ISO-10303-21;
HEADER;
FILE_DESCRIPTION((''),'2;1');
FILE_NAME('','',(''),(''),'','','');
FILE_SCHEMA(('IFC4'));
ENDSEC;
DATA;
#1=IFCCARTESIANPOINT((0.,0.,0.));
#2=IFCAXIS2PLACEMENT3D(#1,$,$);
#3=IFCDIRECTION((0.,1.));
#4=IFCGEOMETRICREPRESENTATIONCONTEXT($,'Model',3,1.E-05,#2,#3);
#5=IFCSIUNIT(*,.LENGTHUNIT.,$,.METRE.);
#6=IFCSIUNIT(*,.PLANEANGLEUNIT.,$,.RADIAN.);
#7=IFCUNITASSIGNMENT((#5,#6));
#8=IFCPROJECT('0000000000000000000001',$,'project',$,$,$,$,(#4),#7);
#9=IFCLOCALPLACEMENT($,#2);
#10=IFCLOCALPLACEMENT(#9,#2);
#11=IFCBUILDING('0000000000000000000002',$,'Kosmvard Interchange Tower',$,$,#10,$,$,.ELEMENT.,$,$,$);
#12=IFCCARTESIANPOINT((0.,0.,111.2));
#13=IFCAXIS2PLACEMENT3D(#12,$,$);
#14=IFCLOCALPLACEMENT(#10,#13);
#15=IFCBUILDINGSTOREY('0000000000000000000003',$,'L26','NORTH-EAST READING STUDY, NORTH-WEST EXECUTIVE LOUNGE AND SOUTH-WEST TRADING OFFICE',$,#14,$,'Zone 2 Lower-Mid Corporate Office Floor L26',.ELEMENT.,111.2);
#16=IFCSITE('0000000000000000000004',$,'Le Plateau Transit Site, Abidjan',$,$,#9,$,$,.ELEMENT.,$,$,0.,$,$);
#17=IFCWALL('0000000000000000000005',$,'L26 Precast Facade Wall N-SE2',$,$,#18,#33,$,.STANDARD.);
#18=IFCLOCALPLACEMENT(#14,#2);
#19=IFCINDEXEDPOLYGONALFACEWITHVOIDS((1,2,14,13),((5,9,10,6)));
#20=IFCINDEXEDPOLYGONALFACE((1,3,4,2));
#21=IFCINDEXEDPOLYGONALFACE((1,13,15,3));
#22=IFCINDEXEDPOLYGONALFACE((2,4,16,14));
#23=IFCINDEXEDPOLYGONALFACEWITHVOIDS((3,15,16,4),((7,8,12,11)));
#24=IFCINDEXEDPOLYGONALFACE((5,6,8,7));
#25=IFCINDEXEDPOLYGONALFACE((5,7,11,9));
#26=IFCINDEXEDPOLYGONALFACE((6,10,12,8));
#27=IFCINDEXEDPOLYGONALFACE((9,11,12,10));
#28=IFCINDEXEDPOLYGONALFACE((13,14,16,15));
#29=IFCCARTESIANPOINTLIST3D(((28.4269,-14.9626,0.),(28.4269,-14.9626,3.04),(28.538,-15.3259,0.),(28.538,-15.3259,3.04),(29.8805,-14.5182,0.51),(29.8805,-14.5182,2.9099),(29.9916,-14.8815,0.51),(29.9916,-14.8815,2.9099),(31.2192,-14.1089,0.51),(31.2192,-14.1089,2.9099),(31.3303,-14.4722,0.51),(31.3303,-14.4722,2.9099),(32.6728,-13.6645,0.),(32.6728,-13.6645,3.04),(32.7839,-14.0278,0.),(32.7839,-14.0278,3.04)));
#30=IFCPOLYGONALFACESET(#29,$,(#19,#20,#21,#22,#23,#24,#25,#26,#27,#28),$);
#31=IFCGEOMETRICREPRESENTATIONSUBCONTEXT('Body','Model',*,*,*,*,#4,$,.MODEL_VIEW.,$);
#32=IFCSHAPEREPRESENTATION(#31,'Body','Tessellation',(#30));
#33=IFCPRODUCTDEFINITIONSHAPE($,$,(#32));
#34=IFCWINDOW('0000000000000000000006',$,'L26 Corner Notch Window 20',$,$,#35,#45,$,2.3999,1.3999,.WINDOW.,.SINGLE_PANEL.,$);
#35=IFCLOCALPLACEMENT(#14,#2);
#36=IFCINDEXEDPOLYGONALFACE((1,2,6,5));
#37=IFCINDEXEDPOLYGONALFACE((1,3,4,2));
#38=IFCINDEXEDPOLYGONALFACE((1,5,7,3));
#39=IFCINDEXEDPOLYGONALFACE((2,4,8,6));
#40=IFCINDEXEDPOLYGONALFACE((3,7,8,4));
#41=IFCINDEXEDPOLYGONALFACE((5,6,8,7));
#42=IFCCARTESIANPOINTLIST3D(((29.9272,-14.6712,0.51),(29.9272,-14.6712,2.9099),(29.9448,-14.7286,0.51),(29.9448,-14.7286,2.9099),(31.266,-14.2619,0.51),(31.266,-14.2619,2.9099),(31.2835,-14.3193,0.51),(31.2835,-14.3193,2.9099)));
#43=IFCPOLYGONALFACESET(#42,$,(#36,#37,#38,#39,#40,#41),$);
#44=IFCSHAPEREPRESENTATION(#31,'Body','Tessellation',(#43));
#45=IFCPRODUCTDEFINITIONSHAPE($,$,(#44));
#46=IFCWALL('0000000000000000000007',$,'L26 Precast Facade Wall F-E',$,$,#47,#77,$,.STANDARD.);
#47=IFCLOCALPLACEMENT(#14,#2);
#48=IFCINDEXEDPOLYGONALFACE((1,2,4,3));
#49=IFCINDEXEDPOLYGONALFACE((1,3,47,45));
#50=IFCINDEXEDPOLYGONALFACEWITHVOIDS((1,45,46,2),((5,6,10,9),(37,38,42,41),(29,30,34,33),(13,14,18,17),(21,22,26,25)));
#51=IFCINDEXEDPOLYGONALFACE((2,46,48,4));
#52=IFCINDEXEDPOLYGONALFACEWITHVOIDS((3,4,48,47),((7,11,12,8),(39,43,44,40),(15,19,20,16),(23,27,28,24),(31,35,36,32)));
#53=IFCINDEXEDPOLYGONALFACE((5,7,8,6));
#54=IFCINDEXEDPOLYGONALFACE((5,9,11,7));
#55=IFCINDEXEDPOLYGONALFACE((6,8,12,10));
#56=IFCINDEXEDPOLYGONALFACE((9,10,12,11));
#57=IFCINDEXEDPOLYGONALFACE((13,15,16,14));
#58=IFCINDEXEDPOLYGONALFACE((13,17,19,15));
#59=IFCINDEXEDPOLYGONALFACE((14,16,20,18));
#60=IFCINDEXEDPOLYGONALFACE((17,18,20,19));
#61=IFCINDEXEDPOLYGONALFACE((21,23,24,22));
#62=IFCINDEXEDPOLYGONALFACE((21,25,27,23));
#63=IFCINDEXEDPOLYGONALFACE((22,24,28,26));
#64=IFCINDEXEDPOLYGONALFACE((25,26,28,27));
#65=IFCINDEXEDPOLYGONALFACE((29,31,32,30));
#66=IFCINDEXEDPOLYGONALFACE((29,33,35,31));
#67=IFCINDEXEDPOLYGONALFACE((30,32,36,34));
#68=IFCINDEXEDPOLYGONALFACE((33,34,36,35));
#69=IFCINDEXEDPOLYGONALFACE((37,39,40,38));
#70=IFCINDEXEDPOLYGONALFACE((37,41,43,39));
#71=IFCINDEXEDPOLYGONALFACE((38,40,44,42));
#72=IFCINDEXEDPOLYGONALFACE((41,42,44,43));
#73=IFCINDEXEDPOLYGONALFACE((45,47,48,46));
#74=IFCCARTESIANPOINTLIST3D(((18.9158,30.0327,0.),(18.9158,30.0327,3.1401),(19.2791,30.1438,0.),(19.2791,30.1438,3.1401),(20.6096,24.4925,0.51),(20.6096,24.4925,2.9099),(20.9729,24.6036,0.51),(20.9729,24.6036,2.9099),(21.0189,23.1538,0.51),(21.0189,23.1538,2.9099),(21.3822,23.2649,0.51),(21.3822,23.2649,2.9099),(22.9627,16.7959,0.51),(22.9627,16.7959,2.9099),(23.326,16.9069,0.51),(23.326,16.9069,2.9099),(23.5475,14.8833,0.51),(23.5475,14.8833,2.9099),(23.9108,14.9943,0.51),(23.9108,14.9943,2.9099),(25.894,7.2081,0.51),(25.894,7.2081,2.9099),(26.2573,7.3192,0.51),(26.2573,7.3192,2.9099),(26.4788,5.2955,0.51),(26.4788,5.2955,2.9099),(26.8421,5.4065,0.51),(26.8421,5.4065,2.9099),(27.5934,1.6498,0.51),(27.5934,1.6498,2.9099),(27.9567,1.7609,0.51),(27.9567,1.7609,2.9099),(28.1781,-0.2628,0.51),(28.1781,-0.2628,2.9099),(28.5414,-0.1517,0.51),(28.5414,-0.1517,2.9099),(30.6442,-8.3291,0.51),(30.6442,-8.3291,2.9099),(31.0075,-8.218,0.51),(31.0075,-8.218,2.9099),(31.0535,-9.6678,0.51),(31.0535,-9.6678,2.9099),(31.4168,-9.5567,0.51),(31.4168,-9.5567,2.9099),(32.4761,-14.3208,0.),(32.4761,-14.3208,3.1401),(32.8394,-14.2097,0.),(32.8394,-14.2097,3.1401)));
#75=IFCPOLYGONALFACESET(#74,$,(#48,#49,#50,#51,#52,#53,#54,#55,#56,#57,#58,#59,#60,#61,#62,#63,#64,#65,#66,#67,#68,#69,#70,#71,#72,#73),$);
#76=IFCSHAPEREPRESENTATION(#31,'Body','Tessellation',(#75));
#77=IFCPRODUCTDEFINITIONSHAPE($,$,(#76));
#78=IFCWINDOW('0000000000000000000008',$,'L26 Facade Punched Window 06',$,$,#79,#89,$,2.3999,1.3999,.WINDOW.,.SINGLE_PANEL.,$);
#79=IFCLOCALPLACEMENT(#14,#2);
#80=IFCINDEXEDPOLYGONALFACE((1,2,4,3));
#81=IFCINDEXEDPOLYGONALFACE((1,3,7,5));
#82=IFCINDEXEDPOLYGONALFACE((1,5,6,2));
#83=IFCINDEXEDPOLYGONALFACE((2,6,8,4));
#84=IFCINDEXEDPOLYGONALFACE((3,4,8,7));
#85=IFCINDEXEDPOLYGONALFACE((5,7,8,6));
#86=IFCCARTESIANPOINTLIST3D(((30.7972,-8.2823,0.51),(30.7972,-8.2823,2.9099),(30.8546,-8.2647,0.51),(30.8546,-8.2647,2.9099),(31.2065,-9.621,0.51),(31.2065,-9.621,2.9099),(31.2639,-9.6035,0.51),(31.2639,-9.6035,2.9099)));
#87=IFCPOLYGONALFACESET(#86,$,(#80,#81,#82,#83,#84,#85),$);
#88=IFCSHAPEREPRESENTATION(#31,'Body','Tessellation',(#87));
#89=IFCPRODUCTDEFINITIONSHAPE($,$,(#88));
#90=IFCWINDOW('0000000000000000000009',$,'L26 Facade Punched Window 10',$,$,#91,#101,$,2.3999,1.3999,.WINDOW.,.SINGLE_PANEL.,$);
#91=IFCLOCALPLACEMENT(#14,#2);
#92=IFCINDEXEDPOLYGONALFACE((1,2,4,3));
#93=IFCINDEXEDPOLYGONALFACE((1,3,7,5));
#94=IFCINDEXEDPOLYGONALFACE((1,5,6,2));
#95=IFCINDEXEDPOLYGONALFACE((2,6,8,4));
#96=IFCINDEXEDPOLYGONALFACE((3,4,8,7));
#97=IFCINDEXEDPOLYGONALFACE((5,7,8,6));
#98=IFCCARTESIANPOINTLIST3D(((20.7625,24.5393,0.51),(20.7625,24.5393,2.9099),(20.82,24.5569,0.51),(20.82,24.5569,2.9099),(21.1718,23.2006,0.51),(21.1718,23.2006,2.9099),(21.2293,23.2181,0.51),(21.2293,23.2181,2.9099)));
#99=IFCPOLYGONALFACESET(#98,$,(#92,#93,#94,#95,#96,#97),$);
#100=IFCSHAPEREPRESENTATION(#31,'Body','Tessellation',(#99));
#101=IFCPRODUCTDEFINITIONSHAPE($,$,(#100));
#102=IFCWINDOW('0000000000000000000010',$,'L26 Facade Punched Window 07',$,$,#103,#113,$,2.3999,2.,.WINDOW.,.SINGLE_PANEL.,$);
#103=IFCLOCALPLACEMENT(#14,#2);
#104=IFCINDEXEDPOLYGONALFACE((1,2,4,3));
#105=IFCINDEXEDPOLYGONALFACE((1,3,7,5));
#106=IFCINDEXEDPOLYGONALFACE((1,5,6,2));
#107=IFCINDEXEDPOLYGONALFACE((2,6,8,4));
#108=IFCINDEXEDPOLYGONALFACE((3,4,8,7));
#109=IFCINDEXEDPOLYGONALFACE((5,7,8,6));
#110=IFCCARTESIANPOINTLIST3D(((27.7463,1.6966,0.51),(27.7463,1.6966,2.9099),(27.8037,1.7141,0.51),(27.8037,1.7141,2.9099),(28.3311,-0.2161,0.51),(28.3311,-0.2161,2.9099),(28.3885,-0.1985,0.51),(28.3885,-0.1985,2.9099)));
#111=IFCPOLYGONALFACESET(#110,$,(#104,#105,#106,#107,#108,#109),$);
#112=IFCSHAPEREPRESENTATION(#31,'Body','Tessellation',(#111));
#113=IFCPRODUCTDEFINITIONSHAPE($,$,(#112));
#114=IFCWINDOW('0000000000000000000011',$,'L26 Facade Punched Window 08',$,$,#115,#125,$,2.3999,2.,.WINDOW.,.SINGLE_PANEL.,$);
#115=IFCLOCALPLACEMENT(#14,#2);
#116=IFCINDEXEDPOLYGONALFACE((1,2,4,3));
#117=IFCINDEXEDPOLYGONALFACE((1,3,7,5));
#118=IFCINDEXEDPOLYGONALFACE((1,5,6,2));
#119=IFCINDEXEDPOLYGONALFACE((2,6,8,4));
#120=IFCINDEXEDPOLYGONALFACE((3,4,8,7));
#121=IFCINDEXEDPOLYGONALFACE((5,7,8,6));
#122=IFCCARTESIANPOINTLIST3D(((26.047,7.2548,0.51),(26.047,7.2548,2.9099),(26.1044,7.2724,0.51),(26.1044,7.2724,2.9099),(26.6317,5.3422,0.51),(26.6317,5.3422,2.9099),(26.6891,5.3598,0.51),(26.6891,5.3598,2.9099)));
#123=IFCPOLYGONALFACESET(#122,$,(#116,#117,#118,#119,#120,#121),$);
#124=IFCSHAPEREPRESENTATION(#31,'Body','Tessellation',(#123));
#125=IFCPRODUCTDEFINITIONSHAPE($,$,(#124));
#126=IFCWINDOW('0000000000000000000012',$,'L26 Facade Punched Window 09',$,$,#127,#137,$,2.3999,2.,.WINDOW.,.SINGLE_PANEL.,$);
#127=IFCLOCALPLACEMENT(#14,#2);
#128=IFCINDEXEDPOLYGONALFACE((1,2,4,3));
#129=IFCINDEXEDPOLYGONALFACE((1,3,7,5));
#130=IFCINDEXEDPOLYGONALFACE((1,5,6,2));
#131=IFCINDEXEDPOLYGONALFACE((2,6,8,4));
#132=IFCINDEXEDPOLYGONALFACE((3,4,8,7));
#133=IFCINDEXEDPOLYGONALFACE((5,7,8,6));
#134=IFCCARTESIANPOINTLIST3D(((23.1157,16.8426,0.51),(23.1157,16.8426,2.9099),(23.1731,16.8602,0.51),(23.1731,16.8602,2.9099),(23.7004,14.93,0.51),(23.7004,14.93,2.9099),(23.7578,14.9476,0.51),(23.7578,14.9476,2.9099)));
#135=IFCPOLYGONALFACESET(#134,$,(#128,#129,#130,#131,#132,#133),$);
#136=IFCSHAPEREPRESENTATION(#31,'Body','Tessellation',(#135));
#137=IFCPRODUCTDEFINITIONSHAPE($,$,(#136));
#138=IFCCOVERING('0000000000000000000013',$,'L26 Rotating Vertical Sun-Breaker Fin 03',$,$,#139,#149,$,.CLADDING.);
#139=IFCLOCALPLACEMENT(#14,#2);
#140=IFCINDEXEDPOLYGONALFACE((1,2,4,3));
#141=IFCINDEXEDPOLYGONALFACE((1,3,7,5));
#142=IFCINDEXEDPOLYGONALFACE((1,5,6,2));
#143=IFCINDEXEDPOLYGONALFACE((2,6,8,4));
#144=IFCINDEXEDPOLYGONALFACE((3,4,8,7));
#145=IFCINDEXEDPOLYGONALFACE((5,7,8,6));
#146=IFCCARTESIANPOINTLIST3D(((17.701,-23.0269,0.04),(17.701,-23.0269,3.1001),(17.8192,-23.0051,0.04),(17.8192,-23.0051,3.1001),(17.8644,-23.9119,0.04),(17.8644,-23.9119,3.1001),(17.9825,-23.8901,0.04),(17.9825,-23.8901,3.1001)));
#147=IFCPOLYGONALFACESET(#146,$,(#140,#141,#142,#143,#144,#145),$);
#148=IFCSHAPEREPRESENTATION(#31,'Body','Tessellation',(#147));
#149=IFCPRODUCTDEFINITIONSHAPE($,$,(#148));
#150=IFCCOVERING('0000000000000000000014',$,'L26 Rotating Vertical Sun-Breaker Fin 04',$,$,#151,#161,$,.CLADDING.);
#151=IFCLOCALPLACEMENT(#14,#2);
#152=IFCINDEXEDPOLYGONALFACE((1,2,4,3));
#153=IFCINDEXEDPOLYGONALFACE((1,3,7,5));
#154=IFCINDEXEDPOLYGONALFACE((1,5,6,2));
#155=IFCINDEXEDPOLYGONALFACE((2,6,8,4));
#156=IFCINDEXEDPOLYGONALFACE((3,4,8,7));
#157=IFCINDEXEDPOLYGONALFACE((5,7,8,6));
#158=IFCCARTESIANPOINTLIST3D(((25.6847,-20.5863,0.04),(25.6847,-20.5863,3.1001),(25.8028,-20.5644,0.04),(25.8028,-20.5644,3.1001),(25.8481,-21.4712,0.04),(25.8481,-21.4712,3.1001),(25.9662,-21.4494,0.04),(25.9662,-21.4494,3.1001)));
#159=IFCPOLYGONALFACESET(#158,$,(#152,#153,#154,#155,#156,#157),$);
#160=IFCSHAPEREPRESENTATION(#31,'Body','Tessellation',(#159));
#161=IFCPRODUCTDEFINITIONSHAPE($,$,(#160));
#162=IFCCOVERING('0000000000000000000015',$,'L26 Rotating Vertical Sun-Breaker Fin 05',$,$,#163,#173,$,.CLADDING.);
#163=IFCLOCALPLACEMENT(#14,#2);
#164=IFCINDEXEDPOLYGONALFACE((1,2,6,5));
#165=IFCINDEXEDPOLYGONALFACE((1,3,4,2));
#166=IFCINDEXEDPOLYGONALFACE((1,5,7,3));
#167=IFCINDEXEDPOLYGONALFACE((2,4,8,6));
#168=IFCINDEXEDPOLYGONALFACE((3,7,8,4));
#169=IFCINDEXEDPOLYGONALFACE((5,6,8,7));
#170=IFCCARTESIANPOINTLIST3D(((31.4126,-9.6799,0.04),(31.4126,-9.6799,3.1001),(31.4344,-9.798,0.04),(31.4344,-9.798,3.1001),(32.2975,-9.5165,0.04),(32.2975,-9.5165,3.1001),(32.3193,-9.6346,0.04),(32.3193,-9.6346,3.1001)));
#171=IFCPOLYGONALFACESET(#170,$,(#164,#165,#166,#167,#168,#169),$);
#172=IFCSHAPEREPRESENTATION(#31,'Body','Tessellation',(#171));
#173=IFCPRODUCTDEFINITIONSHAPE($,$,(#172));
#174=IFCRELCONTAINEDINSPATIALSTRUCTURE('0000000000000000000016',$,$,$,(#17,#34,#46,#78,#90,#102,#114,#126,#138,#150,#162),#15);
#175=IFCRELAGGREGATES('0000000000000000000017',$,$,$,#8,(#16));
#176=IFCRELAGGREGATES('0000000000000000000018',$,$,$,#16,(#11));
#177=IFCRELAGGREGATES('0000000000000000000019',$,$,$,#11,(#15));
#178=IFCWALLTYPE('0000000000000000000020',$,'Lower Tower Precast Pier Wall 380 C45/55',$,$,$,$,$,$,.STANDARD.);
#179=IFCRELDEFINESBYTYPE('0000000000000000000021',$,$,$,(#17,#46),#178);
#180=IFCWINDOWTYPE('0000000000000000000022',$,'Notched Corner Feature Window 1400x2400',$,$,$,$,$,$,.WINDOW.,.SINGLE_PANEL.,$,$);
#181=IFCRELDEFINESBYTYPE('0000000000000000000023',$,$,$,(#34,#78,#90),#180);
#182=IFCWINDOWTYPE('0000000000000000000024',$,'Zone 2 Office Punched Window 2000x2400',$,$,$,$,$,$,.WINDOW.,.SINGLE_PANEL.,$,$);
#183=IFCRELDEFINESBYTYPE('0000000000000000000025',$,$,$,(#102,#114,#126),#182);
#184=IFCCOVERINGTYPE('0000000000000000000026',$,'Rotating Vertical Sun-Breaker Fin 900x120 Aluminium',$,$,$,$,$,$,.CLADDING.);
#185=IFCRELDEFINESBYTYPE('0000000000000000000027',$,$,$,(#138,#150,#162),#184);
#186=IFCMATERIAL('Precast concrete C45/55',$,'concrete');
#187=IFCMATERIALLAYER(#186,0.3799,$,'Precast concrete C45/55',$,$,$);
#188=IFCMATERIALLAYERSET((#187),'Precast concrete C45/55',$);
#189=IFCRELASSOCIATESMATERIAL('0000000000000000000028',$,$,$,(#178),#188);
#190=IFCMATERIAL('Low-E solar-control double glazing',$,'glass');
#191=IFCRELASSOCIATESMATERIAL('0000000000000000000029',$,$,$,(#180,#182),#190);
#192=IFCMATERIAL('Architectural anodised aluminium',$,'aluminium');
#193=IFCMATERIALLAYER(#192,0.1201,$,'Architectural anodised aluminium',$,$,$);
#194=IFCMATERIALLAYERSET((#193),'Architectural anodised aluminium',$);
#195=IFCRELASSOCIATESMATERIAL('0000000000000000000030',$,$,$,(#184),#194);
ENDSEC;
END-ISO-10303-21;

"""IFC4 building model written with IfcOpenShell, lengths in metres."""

from ifc_helpers import new_model, si_unit, direction, frame, frame_2d, origin, origin_2d, place, context, subcontext, project, spatial, rectangle, extrude, source, transform, mapped, material, layer, layer_set, type_object, element, fill, save


model = new_model("IFC4")

# Units and contexts
model_context = context("Model", 3, precision=1e-05, world=origin(), true_north=direction((0.0, 1.0)))
body_context = subcontext(model_context, "Body", "Model", "MODEL_VIEW")
ifc_project = project(units=[si_unit("LENGTHUNIT", "METRE"), si_unit("PLANEANGLEUNIT", "RADIAN")], contexts=[model_context])

# Site, building, storey
site_placement = place(None, origin())
site = spatial("IfcSite", under=ifc_project, at=site_placement, Name="Le Plateau Transit Site, Abidjan", CompositionType="ELEMENT", RefElevation=0.0)
building_placement = place(site_placement, origin())
building = spatial("IfcBuilding", under=site, at=building_placement, Name="Kosmvard Interchange Tower", CompositionType="ELEMENT")
storey_placement = place(building_placement, frame((0.0, 0.0, 111.2)))
storey = spatial("IfcBuildingStorey", under=building, at=storey_placement, Name="L26", Description="NORTH-EAST READING STUDY, NORTH-WEST EXECUTIVE LOUNGE AND SOUTH-WEST TRADING OFFICE", LongName="Zone 2 Lower-Mid Corporate Office Floor L26", CompositionType="ELEMENT", Elevation=111.2)

# Shared definitions
ifc_material_1 = material(Name="Precast concrete C45/55", Category="concrete")

# Shared definitions
ifc_layer_1 = layer(ifc_material_1, 0.3799, Name="Precast concrete C45/55")
ifc_layer_set_1 = layer_set([ifc_layer_1], Name="Precast concrete C45/55")
wall_type_1 = type_object("IfcWallType", Name="Lower Tower Precast Pier Wall 380 C45/55", PredefinedType="STANDARD", material=ifc_layer_set_1)

# Wall, opening, window
wall_1_placement = place(storey_placement, frame((28.4824, -15.1443, 0.0), z_axis=(0.0, 0.0, 1.0), x_axis=(0.956304, 0.292374, 0.0)))
wall_1 = element("IfcWall", 1, at=wall_1_placement, inside=storey, type_object=wall_type_1, Name="L26 Precast Facade Wall N-SE2", PredefinedType="STANDARD", context=body_context, shape_type="SweptSolid", body=[
    extrude(rectangle(XDim=4.4399, YDim=0.3799, at=frame_2d((2.22, 0.0))), origin(), (0.0, 0.0, 1.0), 3.04),
])
opening_1_placement = place(wall_1_placement, frame((1.52, 0.0, 0.51)))
opening_1 = element("IfcOpeningElement", 2, at=opening_1_placement, cuts=wall_1, PredefinedType="OPENING", context=body_context, shape_type="SweptSolid", body=[
    extrude(rectangle(XDim=1.3999, YDim=2.3999, at=frame_2d((0.7, 1.2))), frame((0.0, 0.2, 0.0), z_axis=(0.0, -1.0, 0.0), x_axis=(1.0, 0.0, 0.0)), (0.0, 0.0, 1.0), 0.3999),
])
ifc_material_2 = material(Name="Low-E solar-control double glazing", Category="glass")
window_type_1 = type_object("IfcWindowType", Name="Notched Corner Feature Window 1400x2400", PartitioningType="SINGLE_PANEL", PredefinedType="WINDOW", material=ifc_material_2)
shared_shape_1 = source(origin(), body_context, "Body", "SweptSolid", [
    extrude(rectangle(XDim=1.3999, YDim=2.3999, at=frame_2d((0.7, 1.2))), frame((0.0, 0.03, 0.0), z_axis=(0.0, -1.0, 0.0), x_axis=(1.0, 0.0, 0.0)), (0.0, 0.0, 1.0), 0.0601),
])
window_1_placement = place(opening_1_placement, origin())
window_1 = element("IfcWindow", 3, at=window_1_placement, inside=storey, type_object=window_type_1, Name="L26 Corner Notch Window 20", OverallHeight=2.3999, OverallWidth=1.3999, PartitioningType="SINGLE_PANEL", PredefinedType="WINDOW", context=body_context, shape_type="MappedRepresentation", body=[
    mapped(shared_shape_1, transform((0.0, 0.0, 0.0), scale=1.0)),
])
fill(opening_1, window_1)

# Wall, openings, windows
wall_2_placement = place(storey_placement, frame((32.6577, -14.2651, 0.0), z_axis=(0.0, 0.0, 1.0), x_axis=(-0.292373, 0.956304, 0.0)))
wall_2 = element("IfcWall", 4, at=wall_2_placement, inside=storey, type_object=wall_type_1, Name="L26 Precast Facade Wall F-E", PredefinedType="STANDARD", context=body_context, shape_type="SweptSolid", body=[
    extrude(rectangle(XDim=46.3801, YDim=0.3799, at=frame_2d((23.1899, 0.0))), origin(), (0.0, 0.0, 1.0), 3.1401),
])
opening_2_placement = place(wall_2_placement, frame((4.8655, 0.0, 0.51)))
opening_2 = element("IfcOpeningElement", 5, at=opening_2_placement, cuts=wall_2, PredefinedType="OPENING", context=body_context, shape_type="SweptSolid", body=[
    extrude(rectangle(XDim=1.3999, YDim=2.3999, at=frame_2d((0.7, 1.2))), frame((0.0, 0.2, 0.0), z_axis=(0.0, -1.0, 0.0), x_axis=(1.0, 0.0, 0.0)), (0.0, 0.0, 1.0), 0.3999),
])
opening_3_placement = place(wall_2_placement, frame((14.7002, 0.0, 0.51)))
opening_3 = element("IfcOpeningElement", 6, at=opening_3_placement, cuts=wall_2, PredefinedType="OPENING", context=body_context, shape_type="SweptSolid", body=[
    extrude(rectangle(XDim=2.0, YDim=2.3999, at=frame_2d((1.0, 1.2))), frame((0.0, 0.2, 0.0), z_axis=(0.0, -1.0, 0.0), x_axis=(1.0, 0.0, 0.0)), (0.0, 0.0, 1.0), 0.3999),
])
opening_4_placement = place(wall_2_placement, frame((20.5125, 0.0, 0.51)))
opening_4 = element("IfcOpeningElement", 7, at=opening_4_placement, cuts=wall_2, PredefinedType="OPENING", context=body_context, shape_type="SweptSolid", body=[
    extrude(rectangle(XDim=2.0, YDim=2.3999, at=frame_2d((1.0, 1.2))), frame((0.0, 0.2, 0.0), z_axis=(0.0, -1.0, 0.0), x_axis=(1.0, 0.0, 0.0)), (0.0, 0.0, 1.0), 0.3999),
])
opening_5_placement = place(wall_2_placement, frame((30.5383, 0.0, 0.51)))
opening_5 = element("IfcOpeningElement", 8, at=opening_5_placement, cuts=wall_2, PredefinedType="OPENING", context=body_context, shape_type="SweptSolid", body=[
    extrude(rectangle(XDim=2.0, YDim=2.3999, at=frame_2d((1.0, 1.2))), frame((0.0, 0.2, 0.0), z_axis=(0.0, -1.0, 0.0), x_axis=(1.0, 0.0, 0.0)), (0.0, 0.0, 1.0), 0.3999),
])
opening_6_placement = place(wall_2_placement, frame((39.1868, 0.0, 0.51)))
opening_6 = element("IfcOpeningElement", 9, at=opening_6_placement, cuts=wall_2, PredefinedType="OPENING", context=body_context, shape_type="SweptSolid", body=[
    extrude(rectangle(XDim=1.3999, YDim=2.3999, at=frame_2d((0.7, 1.2))), frame((0.0, 0.2, 0.0), z_axis=(0.0, -1.0, 0.0), x_axis=(1.0, 0.0, 0.0)), (0.0, 0.0, 1.0), 0.3999),
])
window_2_placement = place(opening_2_placement, origin())
window_2 = element("IfcWindow", 10, at=window_2_placement, inside=storey, type_object=window_type_1, Name="L26 Facade Punched Window 06", OverallHeight=2.3999, OverallWidth=1.3999, PartitioningType="SINGLE_PANEL", PredefinedType="WINDOW", context=body_context, shape_type="MappedRepresentation", body=[
    mapped(shared_shape_1, transform((0.0, 0.0, 0.0), scale=1.0)),
])
fill(opening_2, window_2)
window_3_placement = place(opening_6_placement, origin())
window_3 = element("IfcWindow", 11, at=window_3_placement, inside=storey, type_object=window_type_1, Name="L26 Facade Punched Window 10", OverallHeight=2.3999, OverallWidth=1.3999, PartitioningType="SINGLE_PANEL", PredefinedType="WINDOW", context=body_context, shape_type="MappedRepresentation", body=[
    mapped(shared_shape_1, transform((0.0, 0.0, 0.0), scale=1.0)),
])
fill(opening_6, window_3)
window_type_2 = type_object("IfcWindowType", Name="Zone 2 Office Punched Window 2000x2400", PartitioningType="SINGLE_PANEL", PredefinedType="WINDOW", material=ifc_material_2)
shared_shape_2 = source(origin(), body_context, "Body", "SweptSolid", [
    extrude(rectangle(XDim=2.0, YDim=2.3999, at=frame_2d((1.0, 1.2))), frame((0.0, 0.03, 0.0), z_axis=(0.0, -1.0, 0.0), x_axis=(1.0, 0.0, 0.0)), (0.0, 0.0, 1.0), 0.0601),
])
window_4_placement = place(opening_3_placement, origin())
window_4 = element("IfcWindow", 12, at=window_4_placement, inside=storey, type_object=window_type_2, Name="L26 Facade Punched Window 07", OverallHeight=2.3999, OverallWidth=2.0, PartitioningType="SINGLE_PANEL", PredefinedType="WINDOW", context=body_context, shape_type="MappedRepresentation", body=[
    mapped(shared_shape_2, transform((0.0, 0.0, 0.0), scale=1.0)),
])
fill(opening_3, window_4)
window_5_placement = place(opening_4_placement, origin())
window_5 = element("IfcWindow", 13, at=window_5_placement, inside=storey, type_object=window_type_2, Name="L26 Facade Punched Window 08", OverallHeight=2.3999, OverallWidth=2.0, PartitioningType="SINGLE_PANEL", PredefinedType="WINDOW", context=body_context, shape_type="MappedRepresentation", body=[
    mapped(shared_shape_2, transform((0.0, 0.0, 0.0), scale=1.0)),
])
fill(opening_4, window_5)
window_6_placement = place(opening_5_placement, origin())
window_6 = element("IfcWindow", 14, at=window_6_placement, inside=storey, type_object=window_type_2, Name="L26 Facade Punched Window 09", OverallHeight=2.3999, OverallWidth=2.0, PartitioningType="SINGLE_PANEL", PredefinedType="WINDOW", context=body_context, shape_type="MappedRepresentation", body=[
    mapped(shared_shape_2, transform((0.0, 0.0, 0.0), scale=1.0)),
])
fill(opening_5, window_6)

# Coverings
ifc_material_3 = material(Name="Architectural anodised aluminium", Category="aluminium")
ifc_layer_2 = layer(ifc_material_3, 0.1201, Name="Architectural anodised aluminium")
ifc_layer_set_2 = layer_set([ifc_layer_2], Name="Architectural anodised aluminium")
covering_type = type_object("IfcCoveringType", Name="Rotating Vertical Sun-Breaker Fin 900x120 Aluminium", PredefinedType="CLADDING", material=ifc_layer_set_2)
shared_shape_3 = source(origin(), body_context, "Body", "SweptSolid", [
    extrude(rectangle(XDim=0.8999, YDim=0.1201, at=origin_2d()), origin(), (0.0, 0.0, 1.0), 3.0601),
])
for number, where, z_axis, x_axis, name in (
    (15, (17.8418, -23.4585, 0.04), (0.0, 0.0, 1.0), (0.181549, -0.983382, 0.0), "L26 Rotating Vertical Sun-Breaker Fin 03"),
    (16, (25.8254, -21.0178, 0.04), (0.0, 0.0, 1.0), (0.181549, -0.983382, 0.0), "L26 Rotating Vertical Sun-Breaker Fin 04"),
    (17, (31.866, -9.6572, 0.04), (0.0, 0.0, 1.0), (0.983382, 0.181549, 0.0), "L26 Rotating Vertical Sun-Breaker Fin 05"),
):
    element("IfcCovering", number, at=place(storey_placement, frame(where, z_axis=z_axis, x_axis=x_axis)), inside=storey, type_object=covering_type, Name=name, PredefinedType="CLADDING", context=body_context, shape_type="MappedRepresentation", body=[
        mapped(shared_shape_3, transform((0.0, 0.0, 0.0), scale=1.0)),
    ])

save(model, "model.ifc")
